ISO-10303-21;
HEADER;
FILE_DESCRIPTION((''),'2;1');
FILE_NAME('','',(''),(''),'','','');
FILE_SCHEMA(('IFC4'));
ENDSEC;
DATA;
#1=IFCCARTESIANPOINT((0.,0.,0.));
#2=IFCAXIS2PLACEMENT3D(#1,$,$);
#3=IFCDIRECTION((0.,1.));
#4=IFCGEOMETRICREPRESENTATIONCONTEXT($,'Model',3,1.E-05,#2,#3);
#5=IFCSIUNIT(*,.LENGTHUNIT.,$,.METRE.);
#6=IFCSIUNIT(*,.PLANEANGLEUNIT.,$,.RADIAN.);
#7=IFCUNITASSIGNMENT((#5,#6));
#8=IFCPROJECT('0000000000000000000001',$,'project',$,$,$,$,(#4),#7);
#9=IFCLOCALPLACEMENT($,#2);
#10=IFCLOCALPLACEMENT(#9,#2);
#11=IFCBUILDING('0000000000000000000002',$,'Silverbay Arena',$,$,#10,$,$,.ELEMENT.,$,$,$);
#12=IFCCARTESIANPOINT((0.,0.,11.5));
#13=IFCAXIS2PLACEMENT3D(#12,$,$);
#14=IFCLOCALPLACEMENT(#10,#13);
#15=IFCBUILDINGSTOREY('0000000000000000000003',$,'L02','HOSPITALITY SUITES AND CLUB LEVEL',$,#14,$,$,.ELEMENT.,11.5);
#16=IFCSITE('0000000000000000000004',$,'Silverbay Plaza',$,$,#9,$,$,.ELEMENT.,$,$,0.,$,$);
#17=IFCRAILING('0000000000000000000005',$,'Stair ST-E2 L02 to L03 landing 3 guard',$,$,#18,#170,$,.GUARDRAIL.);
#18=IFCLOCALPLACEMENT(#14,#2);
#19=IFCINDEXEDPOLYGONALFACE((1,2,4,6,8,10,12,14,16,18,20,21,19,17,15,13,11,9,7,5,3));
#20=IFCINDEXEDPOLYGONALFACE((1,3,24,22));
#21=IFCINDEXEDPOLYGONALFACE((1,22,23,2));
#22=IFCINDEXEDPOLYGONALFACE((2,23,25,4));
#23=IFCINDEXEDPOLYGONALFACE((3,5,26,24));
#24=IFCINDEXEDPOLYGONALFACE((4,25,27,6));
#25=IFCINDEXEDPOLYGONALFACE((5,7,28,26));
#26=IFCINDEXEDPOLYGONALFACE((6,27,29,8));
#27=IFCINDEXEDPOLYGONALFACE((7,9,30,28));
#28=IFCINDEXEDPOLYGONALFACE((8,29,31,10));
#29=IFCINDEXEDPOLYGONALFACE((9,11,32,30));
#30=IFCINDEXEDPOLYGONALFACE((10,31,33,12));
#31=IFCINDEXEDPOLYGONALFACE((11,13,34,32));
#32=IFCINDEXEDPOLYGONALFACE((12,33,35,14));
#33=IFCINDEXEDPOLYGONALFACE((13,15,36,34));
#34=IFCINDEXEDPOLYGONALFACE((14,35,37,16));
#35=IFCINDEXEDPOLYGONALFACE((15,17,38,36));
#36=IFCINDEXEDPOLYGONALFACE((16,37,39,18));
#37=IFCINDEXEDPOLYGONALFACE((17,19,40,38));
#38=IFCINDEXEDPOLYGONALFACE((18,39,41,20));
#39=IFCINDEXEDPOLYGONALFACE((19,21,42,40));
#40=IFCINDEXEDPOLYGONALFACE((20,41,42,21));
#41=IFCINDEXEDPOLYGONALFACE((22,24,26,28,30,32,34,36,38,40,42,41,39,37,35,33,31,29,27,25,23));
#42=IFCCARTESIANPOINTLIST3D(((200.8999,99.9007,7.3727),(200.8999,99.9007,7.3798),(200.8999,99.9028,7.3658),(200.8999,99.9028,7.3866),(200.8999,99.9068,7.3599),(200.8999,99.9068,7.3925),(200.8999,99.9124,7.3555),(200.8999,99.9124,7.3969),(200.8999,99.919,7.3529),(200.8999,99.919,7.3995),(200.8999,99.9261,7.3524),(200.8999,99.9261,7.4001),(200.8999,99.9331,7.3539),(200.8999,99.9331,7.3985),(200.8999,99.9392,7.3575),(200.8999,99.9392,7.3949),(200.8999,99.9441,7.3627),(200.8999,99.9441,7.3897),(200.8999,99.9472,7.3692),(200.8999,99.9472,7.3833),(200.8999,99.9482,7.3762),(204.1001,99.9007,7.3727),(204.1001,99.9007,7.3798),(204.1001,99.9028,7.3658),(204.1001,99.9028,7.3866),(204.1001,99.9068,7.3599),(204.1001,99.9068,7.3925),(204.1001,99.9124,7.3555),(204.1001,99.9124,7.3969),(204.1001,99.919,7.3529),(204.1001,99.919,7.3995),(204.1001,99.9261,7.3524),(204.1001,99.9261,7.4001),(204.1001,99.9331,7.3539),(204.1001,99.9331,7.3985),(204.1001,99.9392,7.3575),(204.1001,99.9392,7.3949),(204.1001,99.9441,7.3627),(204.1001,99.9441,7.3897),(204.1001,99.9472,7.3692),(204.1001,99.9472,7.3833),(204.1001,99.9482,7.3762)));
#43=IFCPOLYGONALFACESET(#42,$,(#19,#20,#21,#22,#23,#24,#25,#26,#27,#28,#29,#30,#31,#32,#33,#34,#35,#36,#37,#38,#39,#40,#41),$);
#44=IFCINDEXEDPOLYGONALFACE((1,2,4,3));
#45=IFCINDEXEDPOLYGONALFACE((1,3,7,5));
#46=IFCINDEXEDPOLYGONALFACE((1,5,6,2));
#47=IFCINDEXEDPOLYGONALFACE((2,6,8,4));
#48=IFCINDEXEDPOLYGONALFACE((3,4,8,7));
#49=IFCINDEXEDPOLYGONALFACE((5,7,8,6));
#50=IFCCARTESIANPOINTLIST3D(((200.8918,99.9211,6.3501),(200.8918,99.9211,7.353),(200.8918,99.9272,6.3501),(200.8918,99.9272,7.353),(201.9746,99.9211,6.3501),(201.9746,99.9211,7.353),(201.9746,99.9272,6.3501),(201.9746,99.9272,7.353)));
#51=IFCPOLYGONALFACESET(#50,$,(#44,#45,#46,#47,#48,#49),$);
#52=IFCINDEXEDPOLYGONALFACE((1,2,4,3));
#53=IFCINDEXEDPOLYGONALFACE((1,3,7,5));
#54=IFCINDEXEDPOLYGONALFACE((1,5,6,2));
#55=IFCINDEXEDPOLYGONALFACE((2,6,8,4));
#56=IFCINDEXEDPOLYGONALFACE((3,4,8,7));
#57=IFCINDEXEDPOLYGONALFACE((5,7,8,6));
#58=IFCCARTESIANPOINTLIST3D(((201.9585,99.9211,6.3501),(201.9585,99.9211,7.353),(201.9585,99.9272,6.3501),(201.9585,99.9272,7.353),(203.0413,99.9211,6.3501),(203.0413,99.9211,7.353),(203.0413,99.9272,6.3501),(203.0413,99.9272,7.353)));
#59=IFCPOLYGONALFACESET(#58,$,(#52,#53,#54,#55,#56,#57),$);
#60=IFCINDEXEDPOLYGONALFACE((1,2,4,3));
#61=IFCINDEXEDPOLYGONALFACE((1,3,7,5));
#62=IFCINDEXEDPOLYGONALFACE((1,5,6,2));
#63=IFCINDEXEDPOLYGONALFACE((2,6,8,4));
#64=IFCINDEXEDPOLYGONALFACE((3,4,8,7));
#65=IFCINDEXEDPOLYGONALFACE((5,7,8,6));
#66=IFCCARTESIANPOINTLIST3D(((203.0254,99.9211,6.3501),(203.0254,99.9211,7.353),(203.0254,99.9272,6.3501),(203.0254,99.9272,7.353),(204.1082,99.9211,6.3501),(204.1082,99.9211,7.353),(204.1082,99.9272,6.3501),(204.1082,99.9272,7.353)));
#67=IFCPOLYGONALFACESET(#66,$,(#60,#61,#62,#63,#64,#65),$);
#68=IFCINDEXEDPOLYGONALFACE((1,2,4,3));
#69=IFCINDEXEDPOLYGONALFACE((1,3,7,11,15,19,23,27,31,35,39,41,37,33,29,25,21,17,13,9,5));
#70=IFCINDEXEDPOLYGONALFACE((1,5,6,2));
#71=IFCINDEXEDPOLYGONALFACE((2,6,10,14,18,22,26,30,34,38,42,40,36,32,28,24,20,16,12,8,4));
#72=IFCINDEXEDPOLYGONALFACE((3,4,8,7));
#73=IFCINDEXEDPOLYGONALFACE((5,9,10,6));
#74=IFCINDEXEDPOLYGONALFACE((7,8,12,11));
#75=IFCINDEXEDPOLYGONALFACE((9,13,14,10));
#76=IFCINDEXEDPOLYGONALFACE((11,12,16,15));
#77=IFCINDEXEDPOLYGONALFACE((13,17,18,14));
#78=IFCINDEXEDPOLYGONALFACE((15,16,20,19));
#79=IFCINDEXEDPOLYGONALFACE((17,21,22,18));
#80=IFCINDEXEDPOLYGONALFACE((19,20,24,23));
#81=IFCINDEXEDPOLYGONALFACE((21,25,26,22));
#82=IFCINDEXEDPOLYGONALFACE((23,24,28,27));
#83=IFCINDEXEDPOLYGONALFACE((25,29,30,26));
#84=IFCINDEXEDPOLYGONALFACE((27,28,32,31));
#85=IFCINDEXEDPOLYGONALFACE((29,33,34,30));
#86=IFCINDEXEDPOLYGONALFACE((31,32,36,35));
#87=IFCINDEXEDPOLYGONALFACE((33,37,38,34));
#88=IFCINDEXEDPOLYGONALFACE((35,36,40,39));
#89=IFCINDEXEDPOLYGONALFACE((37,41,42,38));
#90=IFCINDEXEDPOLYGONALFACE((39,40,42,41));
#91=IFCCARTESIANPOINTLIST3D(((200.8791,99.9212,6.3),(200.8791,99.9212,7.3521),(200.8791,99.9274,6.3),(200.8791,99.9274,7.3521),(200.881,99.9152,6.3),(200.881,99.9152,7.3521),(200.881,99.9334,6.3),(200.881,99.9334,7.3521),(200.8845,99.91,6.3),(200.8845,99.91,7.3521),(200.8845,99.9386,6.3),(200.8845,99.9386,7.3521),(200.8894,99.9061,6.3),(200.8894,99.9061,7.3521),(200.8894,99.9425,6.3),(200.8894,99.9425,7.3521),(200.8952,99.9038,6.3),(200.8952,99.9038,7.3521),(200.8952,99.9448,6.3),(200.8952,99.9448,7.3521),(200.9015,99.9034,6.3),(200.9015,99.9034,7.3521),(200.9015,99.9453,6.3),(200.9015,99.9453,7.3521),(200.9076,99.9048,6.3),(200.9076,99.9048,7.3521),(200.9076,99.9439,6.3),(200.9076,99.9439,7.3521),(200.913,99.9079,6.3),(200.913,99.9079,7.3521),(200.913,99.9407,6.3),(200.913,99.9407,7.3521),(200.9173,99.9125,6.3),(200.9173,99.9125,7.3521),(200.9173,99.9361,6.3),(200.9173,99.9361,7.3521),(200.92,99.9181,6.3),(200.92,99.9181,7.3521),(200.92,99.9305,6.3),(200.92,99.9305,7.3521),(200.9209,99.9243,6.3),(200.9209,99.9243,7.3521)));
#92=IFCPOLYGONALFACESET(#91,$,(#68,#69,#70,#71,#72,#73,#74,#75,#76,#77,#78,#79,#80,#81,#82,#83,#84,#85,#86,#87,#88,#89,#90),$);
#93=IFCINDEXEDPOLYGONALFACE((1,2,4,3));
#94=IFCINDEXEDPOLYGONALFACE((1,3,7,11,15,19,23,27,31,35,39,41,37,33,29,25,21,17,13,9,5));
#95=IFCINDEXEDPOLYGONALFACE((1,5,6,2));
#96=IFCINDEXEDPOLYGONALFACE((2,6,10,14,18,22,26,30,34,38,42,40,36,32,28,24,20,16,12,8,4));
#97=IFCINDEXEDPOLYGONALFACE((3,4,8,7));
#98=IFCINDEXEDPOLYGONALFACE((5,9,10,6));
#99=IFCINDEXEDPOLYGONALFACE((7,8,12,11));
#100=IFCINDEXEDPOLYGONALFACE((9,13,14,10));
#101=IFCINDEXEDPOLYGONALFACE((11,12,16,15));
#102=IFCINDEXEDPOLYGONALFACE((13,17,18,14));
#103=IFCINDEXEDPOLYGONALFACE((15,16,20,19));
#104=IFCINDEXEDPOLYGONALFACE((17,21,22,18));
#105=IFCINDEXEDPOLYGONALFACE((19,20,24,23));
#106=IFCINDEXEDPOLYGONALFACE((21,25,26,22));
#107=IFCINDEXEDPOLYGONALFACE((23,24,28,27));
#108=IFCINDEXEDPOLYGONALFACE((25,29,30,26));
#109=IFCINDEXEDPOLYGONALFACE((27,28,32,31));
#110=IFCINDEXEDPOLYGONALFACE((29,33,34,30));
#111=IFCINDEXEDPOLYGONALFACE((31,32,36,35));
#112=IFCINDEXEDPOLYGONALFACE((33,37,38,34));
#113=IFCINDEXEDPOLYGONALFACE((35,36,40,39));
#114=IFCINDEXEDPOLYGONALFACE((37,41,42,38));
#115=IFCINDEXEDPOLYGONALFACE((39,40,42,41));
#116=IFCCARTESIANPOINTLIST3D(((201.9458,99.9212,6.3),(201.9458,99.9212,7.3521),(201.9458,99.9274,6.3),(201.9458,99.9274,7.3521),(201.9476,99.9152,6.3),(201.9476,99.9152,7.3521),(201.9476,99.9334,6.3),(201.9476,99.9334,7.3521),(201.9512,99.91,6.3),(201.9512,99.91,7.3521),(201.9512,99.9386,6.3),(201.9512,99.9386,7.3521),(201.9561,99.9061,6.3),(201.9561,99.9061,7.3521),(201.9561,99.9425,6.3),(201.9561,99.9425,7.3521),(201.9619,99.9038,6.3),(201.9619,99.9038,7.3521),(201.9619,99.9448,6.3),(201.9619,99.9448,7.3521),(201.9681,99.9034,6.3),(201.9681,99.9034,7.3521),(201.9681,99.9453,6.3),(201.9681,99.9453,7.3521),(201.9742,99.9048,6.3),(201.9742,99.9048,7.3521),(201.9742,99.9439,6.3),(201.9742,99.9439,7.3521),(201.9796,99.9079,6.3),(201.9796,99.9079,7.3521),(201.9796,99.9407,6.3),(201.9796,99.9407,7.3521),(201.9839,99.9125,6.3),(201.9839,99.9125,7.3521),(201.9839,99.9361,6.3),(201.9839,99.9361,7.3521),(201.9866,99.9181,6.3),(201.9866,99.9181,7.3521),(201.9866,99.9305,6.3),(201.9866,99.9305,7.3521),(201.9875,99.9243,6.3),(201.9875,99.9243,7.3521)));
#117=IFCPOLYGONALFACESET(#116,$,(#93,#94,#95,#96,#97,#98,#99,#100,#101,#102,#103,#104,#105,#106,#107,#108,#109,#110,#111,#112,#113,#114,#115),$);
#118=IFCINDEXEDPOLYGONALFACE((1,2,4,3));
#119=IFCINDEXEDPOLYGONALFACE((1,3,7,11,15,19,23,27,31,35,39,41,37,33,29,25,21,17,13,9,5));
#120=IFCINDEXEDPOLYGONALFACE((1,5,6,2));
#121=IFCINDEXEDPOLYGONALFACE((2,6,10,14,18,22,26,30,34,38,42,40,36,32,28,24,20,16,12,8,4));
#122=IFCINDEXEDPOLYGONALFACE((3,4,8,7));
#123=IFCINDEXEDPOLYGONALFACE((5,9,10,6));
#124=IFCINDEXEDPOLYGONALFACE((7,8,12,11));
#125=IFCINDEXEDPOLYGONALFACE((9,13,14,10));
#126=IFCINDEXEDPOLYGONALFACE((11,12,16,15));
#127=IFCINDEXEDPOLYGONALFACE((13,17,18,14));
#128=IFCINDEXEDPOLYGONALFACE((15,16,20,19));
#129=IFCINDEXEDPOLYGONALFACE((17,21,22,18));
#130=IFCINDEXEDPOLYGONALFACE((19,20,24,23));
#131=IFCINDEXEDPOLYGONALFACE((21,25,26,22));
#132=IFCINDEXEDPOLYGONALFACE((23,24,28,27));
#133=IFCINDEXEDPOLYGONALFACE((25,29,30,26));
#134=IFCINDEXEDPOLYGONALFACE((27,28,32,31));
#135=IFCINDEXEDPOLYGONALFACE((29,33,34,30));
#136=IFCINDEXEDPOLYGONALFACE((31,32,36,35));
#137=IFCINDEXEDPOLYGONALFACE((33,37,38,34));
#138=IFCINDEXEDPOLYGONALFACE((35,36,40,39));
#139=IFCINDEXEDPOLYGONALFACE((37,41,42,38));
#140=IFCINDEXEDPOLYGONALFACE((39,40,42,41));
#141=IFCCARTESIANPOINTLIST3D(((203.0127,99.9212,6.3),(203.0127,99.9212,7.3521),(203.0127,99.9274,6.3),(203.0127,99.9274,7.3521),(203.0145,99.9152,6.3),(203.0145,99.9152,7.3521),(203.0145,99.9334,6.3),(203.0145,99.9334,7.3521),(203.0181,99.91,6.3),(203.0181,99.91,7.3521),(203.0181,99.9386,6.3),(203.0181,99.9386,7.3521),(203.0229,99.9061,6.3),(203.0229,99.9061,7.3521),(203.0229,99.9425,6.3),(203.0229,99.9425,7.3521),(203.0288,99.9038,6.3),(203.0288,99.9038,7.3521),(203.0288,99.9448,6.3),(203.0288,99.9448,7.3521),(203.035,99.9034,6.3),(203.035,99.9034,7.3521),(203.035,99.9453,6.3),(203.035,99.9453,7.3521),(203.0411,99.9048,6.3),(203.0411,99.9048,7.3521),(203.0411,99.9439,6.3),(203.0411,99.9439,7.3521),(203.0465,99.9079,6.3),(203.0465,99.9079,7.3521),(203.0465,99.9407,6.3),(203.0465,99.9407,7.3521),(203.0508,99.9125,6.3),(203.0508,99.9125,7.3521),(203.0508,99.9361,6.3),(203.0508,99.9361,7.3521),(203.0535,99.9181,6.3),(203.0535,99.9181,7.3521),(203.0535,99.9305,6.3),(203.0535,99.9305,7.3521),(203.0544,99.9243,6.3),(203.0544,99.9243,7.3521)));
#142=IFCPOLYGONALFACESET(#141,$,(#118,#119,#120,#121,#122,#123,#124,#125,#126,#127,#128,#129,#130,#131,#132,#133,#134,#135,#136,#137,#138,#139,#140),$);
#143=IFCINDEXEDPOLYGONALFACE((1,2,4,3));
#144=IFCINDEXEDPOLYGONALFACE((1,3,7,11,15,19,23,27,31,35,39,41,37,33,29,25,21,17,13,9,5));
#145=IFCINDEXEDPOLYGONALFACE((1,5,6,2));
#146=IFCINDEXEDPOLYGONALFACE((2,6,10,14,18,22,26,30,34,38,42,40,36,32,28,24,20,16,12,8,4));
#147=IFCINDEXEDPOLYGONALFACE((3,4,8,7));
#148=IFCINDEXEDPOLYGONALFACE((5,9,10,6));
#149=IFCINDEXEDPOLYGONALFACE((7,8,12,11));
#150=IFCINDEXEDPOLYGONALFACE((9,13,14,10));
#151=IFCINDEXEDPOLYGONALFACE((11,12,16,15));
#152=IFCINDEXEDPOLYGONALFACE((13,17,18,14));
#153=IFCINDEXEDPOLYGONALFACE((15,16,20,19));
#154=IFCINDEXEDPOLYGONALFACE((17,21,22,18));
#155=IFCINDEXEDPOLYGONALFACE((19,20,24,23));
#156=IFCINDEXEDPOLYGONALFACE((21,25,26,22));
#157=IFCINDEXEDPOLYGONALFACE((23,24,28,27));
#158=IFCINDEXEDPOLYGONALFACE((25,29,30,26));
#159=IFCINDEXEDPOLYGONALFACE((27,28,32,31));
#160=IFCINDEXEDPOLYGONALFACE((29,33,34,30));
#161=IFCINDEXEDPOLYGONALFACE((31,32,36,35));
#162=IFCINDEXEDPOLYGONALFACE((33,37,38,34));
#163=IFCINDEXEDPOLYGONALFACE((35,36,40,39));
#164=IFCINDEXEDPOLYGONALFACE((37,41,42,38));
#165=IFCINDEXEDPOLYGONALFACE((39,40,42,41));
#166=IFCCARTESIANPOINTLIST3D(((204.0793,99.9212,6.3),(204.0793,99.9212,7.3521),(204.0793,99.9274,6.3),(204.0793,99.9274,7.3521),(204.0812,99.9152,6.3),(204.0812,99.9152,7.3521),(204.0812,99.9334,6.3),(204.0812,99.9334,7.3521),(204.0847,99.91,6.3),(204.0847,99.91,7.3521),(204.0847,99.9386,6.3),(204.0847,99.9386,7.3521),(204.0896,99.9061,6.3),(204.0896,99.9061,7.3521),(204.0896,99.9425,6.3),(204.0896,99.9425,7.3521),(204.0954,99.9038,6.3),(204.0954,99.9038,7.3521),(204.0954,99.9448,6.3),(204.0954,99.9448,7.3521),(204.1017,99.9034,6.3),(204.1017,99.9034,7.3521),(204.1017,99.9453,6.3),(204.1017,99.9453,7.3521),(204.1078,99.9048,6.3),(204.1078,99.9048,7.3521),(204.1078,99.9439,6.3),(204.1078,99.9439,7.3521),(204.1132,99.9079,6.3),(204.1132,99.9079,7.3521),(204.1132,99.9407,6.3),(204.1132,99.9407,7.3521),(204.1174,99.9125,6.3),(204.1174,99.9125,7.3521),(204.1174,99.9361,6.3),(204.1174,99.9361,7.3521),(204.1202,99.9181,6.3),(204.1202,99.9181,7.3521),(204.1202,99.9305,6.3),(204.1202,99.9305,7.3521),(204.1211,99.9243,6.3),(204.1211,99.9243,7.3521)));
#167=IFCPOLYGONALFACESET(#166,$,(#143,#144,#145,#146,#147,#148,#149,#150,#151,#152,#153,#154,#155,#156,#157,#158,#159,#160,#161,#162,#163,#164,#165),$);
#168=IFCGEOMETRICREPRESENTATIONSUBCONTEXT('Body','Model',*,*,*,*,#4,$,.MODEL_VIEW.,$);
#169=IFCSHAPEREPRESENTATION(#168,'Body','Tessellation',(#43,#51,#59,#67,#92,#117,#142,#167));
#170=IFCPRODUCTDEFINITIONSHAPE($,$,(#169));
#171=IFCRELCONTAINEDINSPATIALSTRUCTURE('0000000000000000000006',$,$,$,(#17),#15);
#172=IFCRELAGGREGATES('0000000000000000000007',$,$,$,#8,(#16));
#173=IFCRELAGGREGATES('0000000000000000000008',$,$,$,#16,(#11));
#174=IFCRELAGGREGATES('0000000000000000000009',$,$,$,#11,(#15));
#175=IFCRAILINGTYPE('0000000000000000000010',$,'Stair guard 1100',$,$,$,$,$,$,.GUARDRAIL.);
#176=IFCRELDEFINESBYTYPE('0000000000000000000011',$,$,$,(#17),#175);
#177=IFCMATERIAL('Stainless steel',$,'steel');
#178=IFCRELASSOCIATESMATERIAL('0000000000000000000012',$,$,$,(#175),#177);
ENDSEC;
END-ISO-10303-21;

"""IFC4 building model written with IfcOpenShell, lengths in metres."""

from ifc_helpers import new_model, si_unit, direction, frame, origin, origin_2d, place, context, subcontext, project, spatial, polyline, circle, outline, extrude, material, type_object, element, save


model = new_model("IFC4")

# Units and contexts
model_context = context("Model", 3, precision=1e-05, world=origin(), true_north=direction((0.0, 1.0)))
body_context = subcontext(model_context, "Body", "Model", "MODEL_VIEW")
ifc_project = project(units=[si_unit("LENGTHUNIT", "METRE"), si_unit("PLANEANGLEUNIT", "RADIAN")], contexts=[model_context])

# Site, building, storey
site_placement = place(None, origin())
site = spatial("IfcSite", under=ifc_project, at=site_placement, Name="Silverbay Plaza", CompositionType="ELEMENT", RefElevation=0.0)
building_placement = place(site_placement, origin())
building = spatial("IfcBuilding", under=site, at=building_placement, Name="Silverbay Arena", CompositionType="ELEMENT")
storey_placement = place(building_placement, frame((0.0, 0.0, 11.5)))
storey = spatial("IfcBuildingStorey", under=building, at=storey_placement, Name="L02", Description="HOSPITALITY SUITES AND CLUB LEVEL", CompositionType="ELEMENT", Elevation=11.5)

# Railing
ifc_material_1 = material(Name="Stainless steel", Category="steel")
railing_type_1 = type_object("IfcRailingType", Name="Stair guard 1100", PredefinedType="GUARDRAIL", material=ifc_material_1)
for number, where, name in (
    (1, (200.8999, 99.9243, 6.3), "Stair ST-E2 L02 to L03 landing 3 guard"),
):
    element("IfcRailing", number, at=place(storey_placement, frame(where)), inside=storey, type_object=railing_type_1, Name=name, PredefinedType="GUARDRAIL", context=body_context, shape_type="SweptSolid", body=[
        extrude(circle(Radius=0.0239, at=origin_2d()), frame((0.0, 0.0, 1.0762), z_axis=(1.0, 0.0, 0.0), x_axis=(0.0, 1.0, 0.0)), (0.0, 0.0, 1.0), 3.2002),
        extrude(outline(polyline([(-0.0081, 0.05), (1.0747, 0.05), (1.0747, 1.053), (-0.0081, 1.053), (-0.0081, 0.05)])), frame((0.0, 0.0029, 0.0), z_axis=(0.0, -1.0, 0.0), x_axis=(1.0, 0.0, 0.0)), (0.0, 0.0, 1.0), 0.0061),
        extrude(outline(polyline([(-0.0081, 0.05), (1.0747, 0.05), (1.0747, 1.053), (-0.0081, 1.053), (-0.0081, 0.05)])), frame((1.0667, 0.0029, 0.0), z_axis=(0.0, -1.0, 0.0), x_axis=(1.0, 0.0, 0.0)), (0.0, 0.0, 1.0), 0.0061),
        extrude(outline(polyline([(-0.0081, 0.05), (1.0747, 0.05), (1.0747, 1.053), (-0.0081, 1.053), (-0.0081, 0.05)])), frame((2.1335, 0.0029, 0.0), z_axis=(0.0, -1.0, 0.0), x_axis=(1.0, 0.0, 0.0)), (0.0, 0.0, 1.0), 0.0061),
        extrude(circle(Radius=0.021, at=origin_2d()), origin(), (0.0, 0.0, 1.0), 1.052),
        extrude(circle(Radius=0.021, at=origin_2d()), frame((1.0667, 0.0, 0.0)), (0.0, 0.0, 1.0), 1.052),
        extrude(circle(Radius=0.021, at=origin_2d()), frame((2.1335, 0.0, 0.0)), (0.0, 0.0, 1.0), 1.052),
        extrude(circle(Radius=0.021, at=origin_2d()), frame((3.2002, 0.0, 0.0)), (0.0, 0.0, 1.0), 1.052),
    ])

save(model, "model.ifc")
